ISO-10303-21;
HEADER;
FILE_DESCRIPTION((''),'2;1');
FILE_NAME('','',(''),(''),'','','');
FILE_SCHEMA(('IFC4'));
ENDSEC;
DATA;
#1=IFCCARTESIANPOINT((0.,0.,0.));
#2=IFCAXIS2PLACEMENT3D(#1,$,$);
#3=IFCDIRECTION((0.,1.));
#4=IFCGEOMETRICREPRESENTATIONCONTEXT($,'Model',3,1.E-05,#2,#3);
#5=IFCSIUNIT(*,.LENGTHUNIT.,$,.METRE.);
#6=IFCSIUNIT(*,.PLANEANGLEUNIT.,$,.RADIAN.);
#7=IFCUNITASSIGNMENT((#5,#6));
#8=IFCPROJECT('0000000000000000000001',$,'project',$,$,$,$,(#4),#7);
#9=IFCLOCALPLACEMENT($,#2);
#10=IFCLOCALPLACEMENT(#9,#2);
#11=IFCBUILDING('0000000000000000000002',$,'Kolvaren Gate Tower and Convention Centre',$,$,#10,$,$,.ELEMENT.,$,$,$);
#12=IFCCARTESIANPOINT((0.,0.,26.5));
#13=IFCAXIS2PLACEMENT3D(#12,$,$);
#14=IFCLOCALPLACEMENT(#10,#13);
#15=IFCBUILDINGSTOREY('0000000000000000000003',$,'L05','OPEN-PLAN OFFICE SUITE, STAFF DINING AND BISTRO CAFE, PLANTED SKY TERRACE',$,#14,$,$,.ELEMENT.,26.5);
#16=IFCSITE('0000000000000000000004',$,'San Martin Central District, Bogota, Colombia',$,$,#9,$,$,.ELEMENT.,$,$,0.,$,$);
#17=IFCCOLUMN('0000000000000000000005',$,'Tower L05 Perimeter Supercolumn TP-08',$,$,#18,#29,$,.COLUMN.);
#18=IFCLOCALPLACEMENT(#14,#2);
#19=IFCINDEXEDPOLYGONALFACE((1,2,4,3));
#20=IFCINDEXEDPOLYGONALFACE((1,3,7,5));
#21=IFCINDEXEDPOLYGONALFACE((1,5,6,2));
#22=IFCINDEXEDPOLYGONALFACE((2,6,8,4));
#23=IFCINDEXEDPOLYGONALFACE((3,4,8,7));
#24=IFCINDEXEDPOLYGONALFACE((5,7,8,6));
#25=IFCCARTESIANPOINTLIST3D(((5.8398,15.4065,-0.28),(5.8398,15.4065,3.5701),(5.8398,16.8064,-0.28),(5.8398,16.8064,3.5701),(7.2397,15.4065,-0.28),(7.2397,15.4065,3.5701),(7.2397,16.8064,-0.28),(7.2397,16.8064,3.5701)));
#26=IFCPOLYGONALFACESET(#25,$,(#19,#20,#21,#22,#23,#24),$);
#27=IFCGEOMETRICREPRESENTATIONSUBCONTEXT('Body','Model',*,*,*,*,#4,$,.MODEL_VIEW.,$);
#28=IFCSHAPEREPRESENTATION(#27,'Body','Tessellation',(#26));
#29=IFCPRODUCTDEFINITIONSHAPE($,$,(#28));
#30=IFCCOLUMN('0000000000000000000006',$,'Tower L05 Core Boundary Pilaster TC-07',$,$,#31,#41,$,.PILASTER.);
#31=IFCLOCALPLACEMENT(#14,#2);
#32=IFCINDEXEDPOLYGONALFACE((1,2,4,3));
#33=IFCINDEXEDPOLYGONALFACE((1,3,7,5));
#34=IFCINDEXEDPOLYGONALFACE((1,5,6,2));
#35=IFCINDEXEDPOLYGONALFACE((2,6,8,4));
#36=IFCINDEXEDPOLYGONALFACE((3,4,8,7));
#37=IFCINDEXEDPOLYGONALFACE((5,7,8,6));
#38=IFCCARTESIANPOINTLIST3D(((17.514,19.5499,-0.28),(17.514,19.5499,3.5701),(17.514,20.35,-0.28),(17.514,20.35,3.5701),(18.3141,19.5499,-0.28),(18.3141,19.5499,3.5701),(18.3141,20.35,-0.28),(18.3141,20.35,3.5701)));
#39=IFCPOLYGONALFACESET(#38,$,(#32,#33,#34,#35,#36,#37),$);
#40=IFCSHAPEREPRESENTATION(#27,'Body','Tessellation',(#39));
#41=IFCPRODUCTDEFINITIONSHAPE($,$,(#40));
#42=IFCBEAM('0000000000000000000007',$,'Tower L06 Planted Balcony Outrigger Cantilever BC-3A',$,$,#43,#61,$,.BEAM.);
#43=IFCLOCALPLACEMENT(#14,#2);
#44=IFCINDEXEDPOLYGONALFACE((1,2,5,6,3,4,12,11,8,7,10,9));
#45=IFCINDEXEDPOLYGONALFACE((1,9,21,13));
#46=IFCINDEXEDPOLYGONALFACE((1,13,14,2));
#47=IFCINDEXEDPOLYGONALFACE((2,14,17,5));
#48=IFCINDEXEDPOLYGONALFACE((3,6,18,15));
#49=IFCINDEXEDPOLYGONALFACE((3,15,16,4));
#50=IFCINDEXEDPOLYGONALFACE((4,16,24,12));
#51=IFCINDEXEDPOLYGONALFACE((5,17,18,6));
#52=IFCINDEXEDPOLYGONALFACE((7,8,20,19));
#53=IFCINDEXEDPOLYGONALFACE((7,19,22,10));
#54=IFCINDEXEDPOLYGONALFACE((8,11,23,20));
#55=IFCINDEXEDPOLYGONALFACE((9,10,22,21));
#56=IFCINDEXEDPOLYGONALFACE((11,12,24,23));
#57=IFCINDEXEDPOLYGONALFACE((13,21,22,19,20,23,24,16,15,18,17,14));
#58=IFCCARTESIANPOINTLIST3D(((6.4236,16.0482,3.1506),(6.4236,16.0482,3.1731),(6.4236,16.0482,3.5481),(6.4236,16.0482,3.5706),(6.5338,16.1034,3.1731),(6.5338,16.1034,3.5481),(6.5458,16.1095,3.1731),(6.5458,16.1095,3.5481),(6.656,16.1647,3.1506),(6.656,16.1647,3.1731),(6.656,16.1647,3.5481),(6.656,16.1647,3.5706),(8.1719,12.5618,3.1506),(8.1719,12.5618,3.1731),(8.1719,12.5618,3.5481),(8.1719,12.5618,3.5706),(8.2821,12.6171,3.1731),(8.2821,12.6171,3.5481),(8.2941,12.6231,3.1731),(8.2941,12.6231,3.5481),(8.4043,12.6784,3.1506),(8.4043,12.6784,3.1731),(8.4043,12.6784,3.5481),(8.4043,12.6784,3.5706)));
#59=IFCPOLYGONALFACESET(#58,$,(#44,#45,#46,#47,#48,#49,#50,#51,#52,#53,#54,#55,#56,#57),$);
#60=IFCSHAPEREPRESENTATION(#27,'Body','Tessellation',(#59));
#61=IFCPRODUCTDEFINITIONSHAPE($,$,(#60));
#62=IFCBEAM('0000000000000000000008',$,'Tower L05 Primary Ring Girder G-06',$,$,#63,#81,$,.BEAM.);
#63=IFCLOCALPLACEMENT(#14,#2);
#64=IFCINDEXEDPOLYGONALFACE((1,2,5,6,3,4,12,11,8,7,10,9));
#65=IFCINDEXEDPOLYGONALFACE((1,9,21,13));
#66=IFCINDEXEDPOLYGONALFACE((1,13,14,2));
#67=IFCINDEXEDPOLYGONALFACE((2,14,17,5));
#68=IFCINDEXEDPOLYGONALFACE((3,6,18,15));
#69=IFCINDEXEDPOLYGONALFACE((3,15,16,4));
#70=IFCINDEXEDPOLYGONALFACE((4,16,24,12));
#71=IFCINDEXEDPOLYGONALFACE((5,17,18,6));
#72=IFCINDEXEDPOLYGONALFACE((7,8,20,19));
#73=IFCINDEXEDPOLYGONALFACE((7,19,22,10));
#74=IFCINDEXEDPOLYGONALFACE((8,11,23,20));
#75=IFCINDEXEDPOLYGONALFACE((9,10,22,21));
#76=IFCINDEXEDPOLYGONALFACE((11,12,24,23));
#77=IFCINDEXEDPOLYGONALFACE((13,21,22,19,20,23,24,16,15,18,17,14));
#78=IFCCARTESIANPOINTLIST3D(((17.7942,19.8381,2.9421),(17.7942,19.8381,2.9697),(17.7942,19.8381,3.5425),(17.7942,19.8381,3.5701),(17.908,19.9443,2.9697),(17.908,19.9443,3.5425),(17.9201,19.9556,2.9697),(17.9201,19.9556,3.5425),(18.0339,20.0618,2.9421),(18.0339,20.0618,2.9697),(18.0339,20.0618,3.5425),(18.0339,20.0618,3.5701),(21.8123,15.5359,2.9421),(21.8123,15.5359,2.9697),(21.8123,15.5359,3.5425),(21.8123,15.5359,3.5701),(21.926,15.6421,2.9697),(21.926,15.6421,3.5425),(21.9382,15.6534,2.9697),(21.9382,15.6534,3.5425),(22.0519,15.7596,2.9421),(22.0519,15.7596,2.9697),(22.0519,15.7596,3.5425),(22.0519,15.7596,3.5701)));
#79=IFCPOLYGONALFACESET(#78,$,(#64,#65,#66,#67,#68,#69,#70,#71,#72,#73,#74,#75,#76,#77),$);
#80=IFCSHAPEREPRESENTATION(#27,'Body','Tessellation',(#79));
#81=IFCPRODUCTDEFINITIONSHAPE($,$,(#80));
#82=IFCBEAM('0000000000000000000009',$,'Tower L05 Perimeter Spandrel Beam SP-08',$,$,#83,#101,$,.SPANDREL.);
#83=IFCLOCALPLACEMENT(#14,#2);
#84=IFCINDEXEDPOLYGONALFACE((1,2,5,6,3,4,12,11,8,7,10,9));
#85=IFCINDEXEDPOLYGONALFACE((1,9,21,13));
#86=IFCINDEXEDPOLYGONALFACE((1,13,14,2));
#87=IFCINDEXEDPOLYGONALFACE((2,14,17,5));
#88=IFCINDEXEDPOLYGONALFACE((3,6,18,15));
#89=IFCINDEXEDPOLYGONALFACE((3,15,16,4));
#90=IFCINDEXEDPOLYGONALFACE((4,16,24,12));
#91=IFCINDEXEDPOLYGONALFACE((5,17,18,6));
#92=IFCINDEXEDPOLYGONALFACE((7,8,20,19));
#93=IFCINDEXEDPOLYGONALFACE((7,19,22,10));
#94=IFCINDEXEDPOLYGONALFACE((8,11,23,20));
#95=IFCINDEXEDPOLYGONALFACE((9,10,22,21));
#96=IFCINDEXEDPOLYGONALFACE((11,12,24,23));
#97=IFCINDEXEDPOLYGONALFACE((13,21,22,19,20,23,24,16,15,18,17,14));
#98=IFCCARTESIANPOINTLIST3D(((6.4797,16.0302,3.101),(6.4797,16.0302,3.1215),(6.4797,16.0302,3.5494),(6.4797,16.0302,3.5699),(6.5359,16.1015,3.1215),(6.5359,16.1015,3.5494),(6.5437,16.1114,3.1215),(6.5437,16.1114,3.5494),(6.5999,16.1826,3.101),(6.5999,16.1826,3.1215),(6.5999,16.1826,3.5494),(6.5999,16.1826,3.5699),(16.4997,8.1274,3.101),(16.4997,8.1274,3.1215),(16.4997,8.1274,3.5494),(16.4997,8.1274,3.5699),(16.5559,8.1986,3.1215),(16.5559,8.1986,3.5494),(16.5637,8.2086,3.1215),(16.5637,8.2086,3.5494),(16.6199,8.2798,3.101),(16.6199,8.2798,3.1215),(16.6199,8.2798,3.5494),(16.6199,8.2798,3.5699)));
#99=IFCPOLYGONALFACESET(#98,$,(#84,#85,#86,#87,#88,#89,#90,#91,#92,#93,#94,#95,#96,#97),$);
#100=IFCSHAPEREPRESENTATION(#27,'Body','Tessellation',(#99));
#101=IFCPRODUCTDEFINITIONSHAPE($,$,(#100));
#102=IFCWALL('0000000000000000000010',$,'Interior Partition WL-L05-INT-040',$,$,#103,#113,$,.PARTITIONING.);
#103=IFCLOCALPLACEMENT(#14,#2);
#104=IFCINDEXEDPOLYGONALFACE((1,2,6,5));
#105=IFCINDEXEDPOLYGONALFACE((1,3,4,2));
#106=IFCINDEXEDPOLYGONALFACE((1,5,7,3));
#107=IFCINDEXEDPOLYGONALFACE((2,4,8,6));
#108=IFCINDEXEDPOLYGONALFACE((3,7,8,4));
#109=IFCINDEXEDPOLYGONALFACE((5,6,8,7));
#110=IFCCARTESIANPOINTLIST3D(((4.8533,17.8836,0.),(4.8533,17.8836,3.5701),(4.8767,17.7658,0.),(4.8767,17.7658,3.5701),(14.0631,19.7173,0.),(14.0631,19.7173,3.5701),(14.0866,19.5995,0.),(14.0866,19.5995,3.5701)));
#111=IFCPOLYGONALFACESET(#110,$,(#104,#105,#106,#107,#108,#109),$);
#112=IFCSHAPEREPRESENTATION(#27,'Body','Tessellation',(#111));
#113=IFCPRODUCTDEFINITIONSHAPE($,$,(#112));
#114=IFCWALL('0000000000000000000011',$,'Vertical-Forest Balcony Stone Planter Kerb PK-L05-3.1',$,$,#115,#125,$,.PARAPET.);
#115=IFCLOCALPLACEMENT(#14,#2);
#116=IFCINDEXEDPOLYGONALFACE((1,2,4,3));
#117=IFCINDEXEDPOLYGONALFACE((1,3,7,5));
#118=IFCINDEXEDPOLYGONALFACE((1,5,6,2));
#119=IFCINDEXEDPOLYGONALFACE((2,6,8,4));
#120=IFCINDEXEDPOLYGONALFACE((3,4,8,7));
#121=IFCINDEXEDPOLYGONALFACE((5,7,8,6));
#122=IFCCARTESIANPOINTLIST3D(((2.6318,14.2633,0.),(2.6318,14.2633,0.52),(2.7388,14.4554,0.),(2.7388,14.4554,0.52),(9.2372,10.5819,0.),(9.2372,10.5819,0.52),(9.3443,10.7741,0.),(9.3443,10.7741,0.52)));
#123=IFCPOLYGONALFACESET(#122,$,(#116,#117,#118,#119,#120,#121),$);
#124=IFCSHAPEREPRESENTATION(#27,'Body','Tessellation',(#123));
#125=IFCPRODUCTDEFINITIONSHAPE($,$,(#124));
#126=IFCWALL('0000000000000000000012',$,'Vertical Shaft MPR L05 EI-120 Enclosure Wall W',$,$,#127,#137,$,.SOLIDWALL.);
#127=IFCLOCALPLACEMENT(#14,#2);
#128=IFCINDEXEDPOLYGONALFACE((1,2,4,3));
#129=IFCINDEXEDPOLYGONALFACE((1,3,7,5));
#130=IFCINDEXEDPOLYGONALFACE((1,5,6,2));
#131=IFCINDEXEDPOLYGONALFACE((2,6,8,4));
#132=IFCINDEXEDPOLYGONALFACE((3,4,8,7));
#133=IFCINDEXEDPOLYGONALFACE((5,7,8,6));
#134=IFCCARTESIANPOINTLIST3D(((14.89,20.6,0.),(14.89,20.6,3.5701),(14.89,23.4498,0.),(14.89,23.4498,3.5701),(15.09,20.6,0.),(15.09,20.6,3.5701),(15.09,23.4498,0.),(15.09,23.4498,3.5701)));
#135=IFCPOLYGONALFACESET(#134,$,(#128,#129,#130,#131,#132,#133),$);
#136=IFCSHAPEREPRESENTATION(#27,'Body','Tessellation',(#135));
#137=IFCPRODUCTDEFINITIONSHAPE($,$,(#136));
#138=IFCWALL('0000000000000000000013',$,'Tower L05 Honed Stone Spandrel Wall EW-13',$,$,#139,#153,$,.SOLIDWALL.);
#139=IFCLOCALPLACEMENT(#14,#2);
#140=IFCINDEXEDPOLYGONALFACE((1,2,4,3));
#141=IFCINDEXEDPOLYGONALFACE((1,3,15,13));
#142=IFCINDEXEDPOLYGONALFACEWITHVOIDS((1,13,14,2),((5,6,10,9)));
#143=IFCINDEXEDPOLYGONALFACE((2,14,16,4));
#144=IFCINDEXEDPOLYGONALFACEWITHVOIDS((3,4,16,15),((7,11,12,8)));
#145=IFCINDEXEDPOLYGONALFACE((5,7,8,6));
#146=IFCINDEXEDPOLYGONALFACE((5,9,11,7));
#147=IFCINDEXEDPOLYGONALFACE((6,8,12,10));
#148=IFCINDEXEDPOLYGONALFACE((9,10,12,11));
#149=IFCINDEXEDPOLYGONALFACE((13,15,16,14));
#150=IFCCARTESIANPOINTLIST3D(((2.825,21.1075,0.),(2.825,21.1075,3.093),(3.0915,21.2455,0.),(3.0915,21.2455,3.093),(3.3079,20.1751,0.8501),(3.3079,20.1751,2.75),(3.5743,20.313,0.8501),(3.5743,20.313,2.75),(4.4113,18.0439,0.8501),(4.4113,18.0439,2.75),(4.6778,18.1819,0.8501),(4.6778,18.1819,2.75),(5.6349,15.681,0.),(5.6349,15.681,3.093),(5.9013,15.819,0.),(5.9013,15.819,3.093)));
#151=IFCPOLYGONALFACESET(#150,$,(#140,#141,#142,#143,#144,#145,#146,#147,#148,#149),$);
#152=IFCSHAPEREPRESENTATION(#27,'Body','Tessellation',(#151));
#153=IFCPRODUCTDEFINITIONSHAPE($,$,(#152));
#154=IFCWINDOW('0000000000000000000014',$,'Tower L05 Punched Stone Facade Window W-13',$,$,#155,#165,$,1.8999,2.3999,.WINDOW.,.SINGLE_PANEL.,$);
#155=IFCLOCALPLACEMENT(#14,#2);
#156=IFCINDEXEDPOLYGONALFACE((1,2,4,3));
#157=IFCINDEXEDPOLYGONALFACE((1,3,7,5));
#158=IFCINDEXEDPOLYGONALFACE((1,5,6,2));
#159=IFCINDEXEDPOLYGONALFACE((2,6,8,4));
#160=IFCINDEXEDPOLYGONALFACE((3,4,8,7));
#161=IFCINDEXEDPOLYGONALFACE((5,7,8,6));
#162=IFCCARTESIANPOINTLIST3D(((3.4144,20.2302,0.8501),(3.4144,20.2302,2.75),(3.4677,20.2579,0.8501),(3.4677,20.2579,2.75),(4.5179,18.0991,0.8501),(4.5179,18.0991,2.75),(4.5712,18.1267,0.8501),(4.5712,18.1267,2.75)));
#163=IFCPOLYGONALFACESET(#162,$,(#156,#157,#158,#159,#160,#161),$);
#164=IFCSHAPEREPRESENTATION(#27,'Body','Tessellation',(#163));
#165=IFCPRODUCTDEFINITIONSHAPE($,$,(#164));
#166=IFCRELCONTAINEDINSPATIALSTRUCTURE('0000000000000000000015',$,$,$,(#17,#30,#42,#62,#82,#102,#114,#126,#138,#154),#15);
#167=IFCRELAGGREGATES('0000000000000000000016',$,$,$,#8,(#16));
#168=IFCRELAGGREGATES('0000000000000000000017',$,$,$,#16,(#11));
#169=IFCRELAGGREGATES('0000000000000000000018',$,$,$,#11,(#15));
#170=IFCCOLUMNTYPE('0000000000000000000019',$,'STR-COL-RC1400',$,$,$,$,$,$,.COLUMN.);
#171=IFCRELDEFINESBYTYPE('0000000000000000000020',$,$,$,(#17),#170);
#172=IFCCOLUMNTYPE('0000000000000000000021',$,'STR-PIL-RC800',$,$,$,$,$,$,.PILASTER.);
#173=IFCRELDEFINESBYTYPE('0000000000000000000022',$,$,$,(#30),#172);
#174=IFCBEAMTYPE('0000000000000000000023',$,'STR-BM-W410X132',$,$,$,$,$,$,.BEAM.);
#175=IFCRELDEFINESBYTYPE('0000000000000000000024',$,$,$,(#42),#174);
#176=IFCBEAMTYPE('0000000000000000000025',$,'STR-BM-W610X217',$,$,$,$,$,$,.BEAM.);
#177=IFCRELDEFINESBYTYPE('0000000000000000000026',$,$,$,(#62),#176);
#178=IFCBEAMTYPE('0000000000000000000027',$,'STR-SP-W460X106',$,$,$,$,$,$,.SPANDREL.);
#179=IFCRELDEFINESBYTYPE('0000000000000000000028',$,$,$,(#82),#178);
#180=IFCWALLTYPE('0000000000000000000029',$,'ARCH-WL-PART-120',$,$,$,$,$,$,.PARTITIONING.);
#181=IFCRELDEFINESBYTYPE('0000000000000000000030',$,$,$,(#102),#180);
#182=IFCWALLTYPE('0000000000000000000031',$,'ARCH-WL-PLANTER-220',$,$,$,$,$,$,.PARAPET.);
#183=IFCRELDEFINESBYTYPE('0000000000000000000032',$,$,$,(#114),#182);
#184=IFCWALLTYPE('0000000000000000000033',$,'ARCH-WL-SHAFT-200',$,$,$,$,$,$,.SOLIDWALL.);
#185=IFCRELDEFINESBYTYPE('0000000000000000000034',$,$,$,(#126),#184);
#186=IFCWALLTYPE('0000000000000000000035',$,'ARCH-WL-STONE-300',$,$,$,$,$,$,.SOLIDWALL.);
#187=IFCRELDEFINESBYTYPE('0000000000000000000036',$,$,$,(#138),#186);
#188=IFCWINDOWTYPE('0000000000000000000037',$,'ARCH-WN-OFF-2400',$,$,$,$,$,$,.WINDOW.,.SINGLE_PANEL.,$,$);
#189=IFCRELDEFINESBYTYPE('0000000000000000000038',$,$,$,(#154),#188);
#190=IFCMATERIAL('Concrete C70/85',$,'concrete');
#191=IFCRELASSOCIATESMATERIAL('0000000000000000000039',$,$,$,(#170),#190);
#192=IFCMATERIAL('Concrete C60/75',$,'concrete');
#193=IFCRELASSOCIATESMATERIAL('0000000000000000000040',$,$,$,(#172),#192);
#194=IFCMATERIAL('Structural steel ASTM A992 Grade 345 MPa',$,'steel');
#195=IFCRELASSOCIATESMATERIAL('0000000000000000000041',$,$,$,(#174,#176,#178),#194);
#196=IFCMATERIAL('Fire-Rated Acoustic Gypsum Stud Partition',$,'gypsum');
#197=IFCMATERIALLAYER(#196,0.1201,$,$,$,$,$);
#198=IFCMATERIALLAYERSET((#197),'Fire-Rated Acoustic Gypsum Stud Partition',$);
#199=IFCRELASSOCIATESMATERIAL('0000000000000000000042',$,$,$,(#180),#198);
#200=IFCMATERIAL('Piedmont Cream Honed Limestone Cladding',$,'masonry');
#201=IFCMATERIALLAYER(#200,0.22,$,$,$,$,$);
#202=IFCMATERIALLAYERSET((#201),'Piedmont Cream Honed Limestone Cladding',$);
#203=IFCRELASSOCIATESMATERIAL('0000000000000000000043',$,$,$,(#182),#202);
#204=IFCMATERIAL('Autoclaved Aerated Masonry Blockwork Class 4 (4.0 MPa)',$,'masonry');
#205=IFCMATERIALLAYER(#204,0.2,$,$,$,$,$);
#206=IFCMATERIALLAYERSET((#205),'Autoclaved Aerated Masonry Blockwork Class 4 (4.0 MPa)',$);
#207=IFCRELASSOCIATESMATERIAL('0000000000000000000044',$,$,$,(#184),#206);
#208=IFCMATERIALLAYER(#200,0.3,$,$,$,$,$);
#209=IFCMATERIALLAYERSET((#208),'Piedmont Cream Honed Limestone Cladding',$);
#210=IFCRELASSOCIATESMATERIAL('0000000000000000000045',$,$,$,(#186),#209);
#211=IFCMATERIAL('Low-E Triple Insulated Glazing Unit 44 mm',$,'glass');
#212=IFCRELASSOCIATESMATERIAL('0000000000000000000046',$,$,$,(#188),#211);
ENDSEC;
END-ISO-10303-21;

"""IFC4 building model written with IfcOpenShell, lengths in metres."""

from ifc_helpers import new_model, si_unit, direction, frame, frame_2d, origin, origin_2d, place, context, subcontext, project, spatial, rectangle, i_section, extrude, material, layer, layer_set, material_profile, profile_set, type_object, element, fill, save


model = new_model("IFC4")

# Units and contexts
model_context = context("Model", 3, precision=1e-05, world=origin(), true_north=direction((0.0, 1.0)))
body_context = subcontext(model_context, "Body", "Model", "MODEL_VIEW")
ifc_project = project(units=[si_unit("LENGTHUNIT", "METRE"), si_unit("PLANEANGLEUNIT", "RADIAN")], contexts=[model_context])

# Site, building, storey
site_placement = place(None, origin())
site = spatial("IfcSite", under=ifc_project, at=site_placement, Name="San Martin Central District, Bogota, Colombia", CompositionType="ELEMENT", RefElevation=0.0)
building_placement = place(site_placement, origin())
building = spatial("IfcBuilding", under=site, at=building_placement, Name="Kolvaren Gate Tower and Convention Centre", CompositionType="ELEMENT")
storey_placement = place(building_placement, frame((0.0, 0.0, 26.5)))
storey = spatial("IfcBuildingStorey", under=building, at=storey_placement, Name="L05", Description="OPEN-PLAN OFFICE SUITE, STAFF DINING AND BISTRO CAFE, PLANTED SKY TERRACE", CompositionType="ELEMENT", Elevation=26.5)

# Columns
ifc_material_1 = material(Name="Concrete C70/85", Category="concrete")
ifc_material_profile_1 = material_profile(ifc_material_1, rectangle(XDim=1.3999, YDim=1.3999, at=origin_2d()), Name="RC-COL-1400X1400")
ifc_profile_set_1 = profile_set([ifc_material_profile_1], Name="Concrete C70/85")
column_type_1 = type_object("IfcColumnType", Name="STR-COL-RC1400", PredefinedType="COLUMN", material=ifc_profile_set_1)
column_1_placement = place(storey_placement, frame((6.5398, 16.1064, -0.28), z_axis=(0.0, 0.0, 1.0), x_axis=(1.0, 0.0, 0.0)))
element("IfcColumn", 1, at=column_1_placement, inside=storey, type_object=column_type_1, Name="Tower L05 Perimeter Supercolumn TP-08", PredefinedType="COLUMN", context=body_context, shape_type="SweptSolid", body=[
    extrude(rectangle(XDim=1.3999, YDim=1.3999, at=origin_2d()), origin(), (0.0, 0.0, 1.0), 3.8501),
])
ifc_material_2 = material(Name="Concrete C60/75", Category="concrete")
ifc_material_profile_2 = material_profile(ifc_material_2, rectangle(XDim=0.8, YDim=0.8, at=origin_2d()), Name="RC-COL-800X800")
ifc_profile_set_2 = profile_set([ifc_material_profile_2], Name="Concrete C60/75")
column_type_2 = type_object("IfcColumnType", Name="STR-PIL-RC800", PredefinedType="PILASTER", material=ifc_profile_set_2)
column_2_placement = place(storey_placement, frame((17.9141, 19.95, -0.28), z_axis=(0.0, 0.0, 1.0), x_axis=(1.0, 0.0, 0.0)))
element("IfcColumn", 2, at=column_2_placement, inside=storey, type_object=column_type_2, Name="Tower L05 Core Boundary Pilaster TC-07", PredefinedType="PILASTER", context=body_context, shape_type="SweptSolid", body=[
    extrude(rectangle(XDim=0.8, YDim=0.8, at=origin_2d()), origin(), (0.0, 0.0, 1.0), 3.8501),
])

# Beams
ifc_material_3 = material(Name="Structural steel ASTM A992 Grade 345 MPa", Category="steel")
ifc_material_profile_3 = material_profile(ifc_material_3, i_section(OverallWidth=0.26, OverallDepth=0.4199, WebThickness=0.0134, FlangeThickness=0.0225, at=origin_2d()), Name="W410X132")
ifc_profile_set_3 = profile_set([ifc_material_profile_3], Name="Structural steel ASTM A992 Grade 345 MPa")
beam_type_1 = type_object("IfcBeamType", Name="STR-BM-W410X132", PredefinedType="BEAM", material=ifc_profile_set_3)
beam_1_placement = place(storey_placement, frame((6.5398, 16.1064, 3.3606), z_axis=(0.448265, -0.893901, 0.0), x_axis=(0.893901, 0.448265, 0.0)))
element("IfcBeam", 3, at=beam_1_placement, inside=storey, type_object=beam_type_1, Name="Tower L06 Planted Balcony Outrigger Cantilever BC-3A", PredefinedType="BEAM", context=body_context, shape_type="SweptSolid", body=[
    extrude(i_section(OverallWidth=0.26, OverallDepth=0.4199, WebThickness=0.0134, FlangeThickness=0.0225, at=origin_2d()), origin(), (0.0, 0.0, 1.0), 3.9001),
])
ifc_material_profile_4 = material_profile(ifc_material_3, i_section(OverallWidth=0.3279, OverallDepth=0.6279, WebThickness=0.0166, FlangeThickness=0.0276, at=origin_2d()), Name="W610X217")
ifc_profile_set_4 = profile_set([ifc_material_profile_4], Name="Structural steel ASTM A992 Grade 345 MPa")
beam_type_2 = type_object("IfcBeamType", Name="STR-BM-W610X217", PredefinedType="BEAM", material=ifc_profile_set_4)
beam_2_placement = place(storey_placement, frame((17.9141, 19.95, 3.2561), z_axis=(0.682558, -0.730832, 0.0), x_axis=(0.730832, 0.682558, 0.0)))
element("IfcBeam", 4, at=beam_2_placement, inside=storey, type_object=beam_type_2, Name="Tower L05 Primary Ring Girder G-06", PredefinedType="BEAM", context=body_context, shape_type="SweptSolid", body=[
    extrude(i_section(OverallWidth=0.3279, OverallDepth=0.6279, WebThickness=0.0166, FlangeThickness=0.0276, at=origin_2d()), origin(), (0.0, 0.0, 1.0), 5.8867),
])
ifc_material_profile_5 = material_profile(ifc_material_3, i_section(OverallWidth=0.1941, OverallDepth=0.469, WebThickness=0.0127, FlangeThickness=0.0205, at=origin_2d()), Name="W460X106")
ifc_profile_set_5 = profile_set([ifc_material_profile_5], Name="Structural steel ASTM A992 Grade 345 MPa")
beam_type_3 = type_object("IfcBeamType", Name="STR-SP-W460X106", PredefinedType="SPANDREL", material=ifc_profile_set_5)
beam_3_placement = place(storey_placement, frame((6.5398, 16.1064, 3.3354), z_axis=(0.785176, -0.619272, 0.0), x_axis=(0.619272, 0.785176, 0.0)))
element("IfcBeam", 5, at=beam_3_placement, inside=storey, type_object=beam_type_3, Name="Tower L05 Perimeter Spandrel Beam SP-08", PredefinedType="SPANDREL", context=body_context, shape_type="SweptSolid", body=[
    extrude(i_section(OverallWidth=0.1941, OverallDepth=0.469, WebThickness=0.0127, FlangeThickness=0.0205, at=origin_2d()), origin(), (0.0, 0.0, 1.0), 12.7615),
])

# Walls
ifc_material_4 = material(Name="Fire-Rated Acoustic Gypsum Stud Partition", Category="gypsum")
ifc_layer_1 = layer(ifc_material_4, 0.1201)
ifc_layer_set_1 = layer_set([ifc_layer_1], Name="Fire-Rated Acoustic Gypsum Stud Partition")
wall_type_1 = type_object("IfcWallType", Name="ARCH-WL-PART-120", PredefinedType="PARTITIONING", material=ifc_layer_set_1)
wall_1_placement = place(storey_placement, frame((4.865, 17.8247, 0.0), z_axis=(0.0, 0.0, 1.0), x_axis=(0.980749, 0.195271, 0.0)))
element("IfcWall", 6, at=wall_1_placement, inside=storey, type_object=wall_type_1, Name="Interior Partition WL-L05-INT-040", PredefinedType="PARTITIONING", context=body_context, shape_type="SweptSolid", body=[
    extrude(rectangle(XDim=9.3906, YDim=0.1201, at=frame_2d((4.6953, 0.0))), origin(), (0.0, 0.0, 1.0), 3.5701),
])
ifc_material_5 = material(Name="Piedmont Cream Honed Limestone Cladding", Category="masonry")
ifc_layer_2 = layer(ifc_material_5, 0.22)
ifc_layer_set_2 = layer_set([ifc_layer_2], Name="Piedmont Cream Honed Limestone Cladding")
wall_type_2 = type_object("IfcWallType", Name="ARCH-WL-PLANTER-220", PredefinedType="PARAPET", material=ifc_layer_set_2)
wall_2_placement = place(storey_placement, frame((2.6853, 14.3594, 0.0), z_axis=(0.0, 0.0, 1.0), x_axis=(0.8735, -0.486824, 0.0)))
element("IfcWall", 7, at=wall_2_placement, inside=storey, type_object=wall_type_2, Name="Vertical-Forest Balcony Stone Planter Kerb PK-L05-3.1", PredefinedType="PARAPET", context=body_context, shape_type="SweptSolid", body=[
    extrude(rectangle(XDim=7.562, YDim=0.22, at=frame_2d((3.781, 0.0))), origin(), (0.0, 0.0, 1.0), 0.52),
])
ifc_material_6 = material(Name="Autoclaved Aerated Masonry Blockwork Class 4 (4.0 MPa)", Category="masonry")
ifc_layer_3 = layer(ifc_material_6, 0.2)
ifc_layer_set_3 = layer_set([ifc_layer_3], Name="Autoclaved Aerated Masonry Blockwork Class 4 (4.0 MPa)")
wall_type_3 = type_object("IfcWallType", Name="ARCH-WL-SHAFT-200", PredefinedType="SOLIDWALL", material=ifc_layer_set_3)
wall_3_placement = place(storey_placement, frame((14.99, 20.6001, 0.0), z_axis=(0.0, 0.0, 1.0), x_axis=(0.0, 1.0, 0.0)))
element("IfcWall", 8, at=wall_3_placement, inside=storey, type_object=wall_type_3, Name="Vertical Shaft MPR L05 EI-120 Enclosure Wall W", PredefinedType="SOLIDWALL", context=body_context, shape_type="SweptSolid", body=[
    extrude(rectangle(XDim=2.8499, YDim=0.2, at=frame_2d((1.4248, 0.0))), origin(), (0.0, 0.0, 1.0), 3.5701),
])

# Wall, opening, window
ifc_layer_4 = layer(ifc_material_5, 0.3)
ifc_layer_set_4 = layer_set([ifc_layer_4], Name="Piedmont Cream Honed Limestone Cladding")
wall_type_4 = type_object("IfcWallType", Name="ARCH-WL-STONE-300", PredefinedType="SOLIDWALL", material=ifc_layer_set_4)
wall_4_placement = place(storey_placement, frame((2.9583, 21.1765, 0.0), z_axis=(0.0, 0.0, 1.0), x_axis=(0.45981, -0.888017, 0.0)))
wall_4 = element("IfcWall", 9, at=wall_4_placement, inside=storey, type_object=wall_type_4, Name="Tower L05 Honed Stone Spandrel Wall EW-13", PredefinedType="SOLIDWALL", context=body_context, shape_type="SweptSolid", body=[
    extrude(rectangle(XDim=6.1108, YDim=0.3, at=frame_2d((3.0554, 0.0))), origin(), (0.0, 0.0, 1.0), 3.093),
])
opening_1_placement = place(wall_4_placement, frame((1.05, 0.0, 0.8501)))
opening_1 = element("IfcOpeningElement", 10, at=opening_1_placement, cuts=wall_4, PredefinedType="OPENING", context=body_context, shape_type="SweptSolid", body=[
    extrude(rectangle(XDim=2.3999, YDim=1.8999, at=frame_2d((1.2, 0.95))), frame((0.0, 0.1599, 0.0), z_axis=(0.0, -1.0, 0.0), x_axis=(1.0, 0.0, 0.0)), (0.0, 0.0, 1.0), 0.3201),
])
ifc_material_7 = material(Name="Low-E Triple Insulated Glazing Unit 44 mm", Category="glass")
window_type = type_object("IfcWindowType", Name="ARCH-WN-OFF-2400", PartitioningType="SINGLE_PANEL", PredefinedType="WINDOW", material=ifc_material_7)
window_1_placement = place(opening_1_placement, origin())
window_1 = element("IfcWindow", 11, at=window_1_placement, inside=storey, type_object=window_type, Name="Tower L05 Punched Stone Facade Window W-13", OverallHeight=1.8999, OverallWidth=2.3999, PartitioningType="SINGLE_PANEL", PredefinedType="WINDOW", context=body_context, shape_type="SweptSolid", body=[
    extrude(rectangle(XDim=2.3999, YDim=1.8999, at=frame_2d((1.2, 0.95))), frame((0.0, 0.03, 0.0), z_axis=(0.0, -1.0, 0.0), x_axis=(1.0, 0.0, 0.0)), (0.0, 0.0, 1.0), 0.0601),
])
fill(opening_1, window_1)

save(model, "model.ifc")
